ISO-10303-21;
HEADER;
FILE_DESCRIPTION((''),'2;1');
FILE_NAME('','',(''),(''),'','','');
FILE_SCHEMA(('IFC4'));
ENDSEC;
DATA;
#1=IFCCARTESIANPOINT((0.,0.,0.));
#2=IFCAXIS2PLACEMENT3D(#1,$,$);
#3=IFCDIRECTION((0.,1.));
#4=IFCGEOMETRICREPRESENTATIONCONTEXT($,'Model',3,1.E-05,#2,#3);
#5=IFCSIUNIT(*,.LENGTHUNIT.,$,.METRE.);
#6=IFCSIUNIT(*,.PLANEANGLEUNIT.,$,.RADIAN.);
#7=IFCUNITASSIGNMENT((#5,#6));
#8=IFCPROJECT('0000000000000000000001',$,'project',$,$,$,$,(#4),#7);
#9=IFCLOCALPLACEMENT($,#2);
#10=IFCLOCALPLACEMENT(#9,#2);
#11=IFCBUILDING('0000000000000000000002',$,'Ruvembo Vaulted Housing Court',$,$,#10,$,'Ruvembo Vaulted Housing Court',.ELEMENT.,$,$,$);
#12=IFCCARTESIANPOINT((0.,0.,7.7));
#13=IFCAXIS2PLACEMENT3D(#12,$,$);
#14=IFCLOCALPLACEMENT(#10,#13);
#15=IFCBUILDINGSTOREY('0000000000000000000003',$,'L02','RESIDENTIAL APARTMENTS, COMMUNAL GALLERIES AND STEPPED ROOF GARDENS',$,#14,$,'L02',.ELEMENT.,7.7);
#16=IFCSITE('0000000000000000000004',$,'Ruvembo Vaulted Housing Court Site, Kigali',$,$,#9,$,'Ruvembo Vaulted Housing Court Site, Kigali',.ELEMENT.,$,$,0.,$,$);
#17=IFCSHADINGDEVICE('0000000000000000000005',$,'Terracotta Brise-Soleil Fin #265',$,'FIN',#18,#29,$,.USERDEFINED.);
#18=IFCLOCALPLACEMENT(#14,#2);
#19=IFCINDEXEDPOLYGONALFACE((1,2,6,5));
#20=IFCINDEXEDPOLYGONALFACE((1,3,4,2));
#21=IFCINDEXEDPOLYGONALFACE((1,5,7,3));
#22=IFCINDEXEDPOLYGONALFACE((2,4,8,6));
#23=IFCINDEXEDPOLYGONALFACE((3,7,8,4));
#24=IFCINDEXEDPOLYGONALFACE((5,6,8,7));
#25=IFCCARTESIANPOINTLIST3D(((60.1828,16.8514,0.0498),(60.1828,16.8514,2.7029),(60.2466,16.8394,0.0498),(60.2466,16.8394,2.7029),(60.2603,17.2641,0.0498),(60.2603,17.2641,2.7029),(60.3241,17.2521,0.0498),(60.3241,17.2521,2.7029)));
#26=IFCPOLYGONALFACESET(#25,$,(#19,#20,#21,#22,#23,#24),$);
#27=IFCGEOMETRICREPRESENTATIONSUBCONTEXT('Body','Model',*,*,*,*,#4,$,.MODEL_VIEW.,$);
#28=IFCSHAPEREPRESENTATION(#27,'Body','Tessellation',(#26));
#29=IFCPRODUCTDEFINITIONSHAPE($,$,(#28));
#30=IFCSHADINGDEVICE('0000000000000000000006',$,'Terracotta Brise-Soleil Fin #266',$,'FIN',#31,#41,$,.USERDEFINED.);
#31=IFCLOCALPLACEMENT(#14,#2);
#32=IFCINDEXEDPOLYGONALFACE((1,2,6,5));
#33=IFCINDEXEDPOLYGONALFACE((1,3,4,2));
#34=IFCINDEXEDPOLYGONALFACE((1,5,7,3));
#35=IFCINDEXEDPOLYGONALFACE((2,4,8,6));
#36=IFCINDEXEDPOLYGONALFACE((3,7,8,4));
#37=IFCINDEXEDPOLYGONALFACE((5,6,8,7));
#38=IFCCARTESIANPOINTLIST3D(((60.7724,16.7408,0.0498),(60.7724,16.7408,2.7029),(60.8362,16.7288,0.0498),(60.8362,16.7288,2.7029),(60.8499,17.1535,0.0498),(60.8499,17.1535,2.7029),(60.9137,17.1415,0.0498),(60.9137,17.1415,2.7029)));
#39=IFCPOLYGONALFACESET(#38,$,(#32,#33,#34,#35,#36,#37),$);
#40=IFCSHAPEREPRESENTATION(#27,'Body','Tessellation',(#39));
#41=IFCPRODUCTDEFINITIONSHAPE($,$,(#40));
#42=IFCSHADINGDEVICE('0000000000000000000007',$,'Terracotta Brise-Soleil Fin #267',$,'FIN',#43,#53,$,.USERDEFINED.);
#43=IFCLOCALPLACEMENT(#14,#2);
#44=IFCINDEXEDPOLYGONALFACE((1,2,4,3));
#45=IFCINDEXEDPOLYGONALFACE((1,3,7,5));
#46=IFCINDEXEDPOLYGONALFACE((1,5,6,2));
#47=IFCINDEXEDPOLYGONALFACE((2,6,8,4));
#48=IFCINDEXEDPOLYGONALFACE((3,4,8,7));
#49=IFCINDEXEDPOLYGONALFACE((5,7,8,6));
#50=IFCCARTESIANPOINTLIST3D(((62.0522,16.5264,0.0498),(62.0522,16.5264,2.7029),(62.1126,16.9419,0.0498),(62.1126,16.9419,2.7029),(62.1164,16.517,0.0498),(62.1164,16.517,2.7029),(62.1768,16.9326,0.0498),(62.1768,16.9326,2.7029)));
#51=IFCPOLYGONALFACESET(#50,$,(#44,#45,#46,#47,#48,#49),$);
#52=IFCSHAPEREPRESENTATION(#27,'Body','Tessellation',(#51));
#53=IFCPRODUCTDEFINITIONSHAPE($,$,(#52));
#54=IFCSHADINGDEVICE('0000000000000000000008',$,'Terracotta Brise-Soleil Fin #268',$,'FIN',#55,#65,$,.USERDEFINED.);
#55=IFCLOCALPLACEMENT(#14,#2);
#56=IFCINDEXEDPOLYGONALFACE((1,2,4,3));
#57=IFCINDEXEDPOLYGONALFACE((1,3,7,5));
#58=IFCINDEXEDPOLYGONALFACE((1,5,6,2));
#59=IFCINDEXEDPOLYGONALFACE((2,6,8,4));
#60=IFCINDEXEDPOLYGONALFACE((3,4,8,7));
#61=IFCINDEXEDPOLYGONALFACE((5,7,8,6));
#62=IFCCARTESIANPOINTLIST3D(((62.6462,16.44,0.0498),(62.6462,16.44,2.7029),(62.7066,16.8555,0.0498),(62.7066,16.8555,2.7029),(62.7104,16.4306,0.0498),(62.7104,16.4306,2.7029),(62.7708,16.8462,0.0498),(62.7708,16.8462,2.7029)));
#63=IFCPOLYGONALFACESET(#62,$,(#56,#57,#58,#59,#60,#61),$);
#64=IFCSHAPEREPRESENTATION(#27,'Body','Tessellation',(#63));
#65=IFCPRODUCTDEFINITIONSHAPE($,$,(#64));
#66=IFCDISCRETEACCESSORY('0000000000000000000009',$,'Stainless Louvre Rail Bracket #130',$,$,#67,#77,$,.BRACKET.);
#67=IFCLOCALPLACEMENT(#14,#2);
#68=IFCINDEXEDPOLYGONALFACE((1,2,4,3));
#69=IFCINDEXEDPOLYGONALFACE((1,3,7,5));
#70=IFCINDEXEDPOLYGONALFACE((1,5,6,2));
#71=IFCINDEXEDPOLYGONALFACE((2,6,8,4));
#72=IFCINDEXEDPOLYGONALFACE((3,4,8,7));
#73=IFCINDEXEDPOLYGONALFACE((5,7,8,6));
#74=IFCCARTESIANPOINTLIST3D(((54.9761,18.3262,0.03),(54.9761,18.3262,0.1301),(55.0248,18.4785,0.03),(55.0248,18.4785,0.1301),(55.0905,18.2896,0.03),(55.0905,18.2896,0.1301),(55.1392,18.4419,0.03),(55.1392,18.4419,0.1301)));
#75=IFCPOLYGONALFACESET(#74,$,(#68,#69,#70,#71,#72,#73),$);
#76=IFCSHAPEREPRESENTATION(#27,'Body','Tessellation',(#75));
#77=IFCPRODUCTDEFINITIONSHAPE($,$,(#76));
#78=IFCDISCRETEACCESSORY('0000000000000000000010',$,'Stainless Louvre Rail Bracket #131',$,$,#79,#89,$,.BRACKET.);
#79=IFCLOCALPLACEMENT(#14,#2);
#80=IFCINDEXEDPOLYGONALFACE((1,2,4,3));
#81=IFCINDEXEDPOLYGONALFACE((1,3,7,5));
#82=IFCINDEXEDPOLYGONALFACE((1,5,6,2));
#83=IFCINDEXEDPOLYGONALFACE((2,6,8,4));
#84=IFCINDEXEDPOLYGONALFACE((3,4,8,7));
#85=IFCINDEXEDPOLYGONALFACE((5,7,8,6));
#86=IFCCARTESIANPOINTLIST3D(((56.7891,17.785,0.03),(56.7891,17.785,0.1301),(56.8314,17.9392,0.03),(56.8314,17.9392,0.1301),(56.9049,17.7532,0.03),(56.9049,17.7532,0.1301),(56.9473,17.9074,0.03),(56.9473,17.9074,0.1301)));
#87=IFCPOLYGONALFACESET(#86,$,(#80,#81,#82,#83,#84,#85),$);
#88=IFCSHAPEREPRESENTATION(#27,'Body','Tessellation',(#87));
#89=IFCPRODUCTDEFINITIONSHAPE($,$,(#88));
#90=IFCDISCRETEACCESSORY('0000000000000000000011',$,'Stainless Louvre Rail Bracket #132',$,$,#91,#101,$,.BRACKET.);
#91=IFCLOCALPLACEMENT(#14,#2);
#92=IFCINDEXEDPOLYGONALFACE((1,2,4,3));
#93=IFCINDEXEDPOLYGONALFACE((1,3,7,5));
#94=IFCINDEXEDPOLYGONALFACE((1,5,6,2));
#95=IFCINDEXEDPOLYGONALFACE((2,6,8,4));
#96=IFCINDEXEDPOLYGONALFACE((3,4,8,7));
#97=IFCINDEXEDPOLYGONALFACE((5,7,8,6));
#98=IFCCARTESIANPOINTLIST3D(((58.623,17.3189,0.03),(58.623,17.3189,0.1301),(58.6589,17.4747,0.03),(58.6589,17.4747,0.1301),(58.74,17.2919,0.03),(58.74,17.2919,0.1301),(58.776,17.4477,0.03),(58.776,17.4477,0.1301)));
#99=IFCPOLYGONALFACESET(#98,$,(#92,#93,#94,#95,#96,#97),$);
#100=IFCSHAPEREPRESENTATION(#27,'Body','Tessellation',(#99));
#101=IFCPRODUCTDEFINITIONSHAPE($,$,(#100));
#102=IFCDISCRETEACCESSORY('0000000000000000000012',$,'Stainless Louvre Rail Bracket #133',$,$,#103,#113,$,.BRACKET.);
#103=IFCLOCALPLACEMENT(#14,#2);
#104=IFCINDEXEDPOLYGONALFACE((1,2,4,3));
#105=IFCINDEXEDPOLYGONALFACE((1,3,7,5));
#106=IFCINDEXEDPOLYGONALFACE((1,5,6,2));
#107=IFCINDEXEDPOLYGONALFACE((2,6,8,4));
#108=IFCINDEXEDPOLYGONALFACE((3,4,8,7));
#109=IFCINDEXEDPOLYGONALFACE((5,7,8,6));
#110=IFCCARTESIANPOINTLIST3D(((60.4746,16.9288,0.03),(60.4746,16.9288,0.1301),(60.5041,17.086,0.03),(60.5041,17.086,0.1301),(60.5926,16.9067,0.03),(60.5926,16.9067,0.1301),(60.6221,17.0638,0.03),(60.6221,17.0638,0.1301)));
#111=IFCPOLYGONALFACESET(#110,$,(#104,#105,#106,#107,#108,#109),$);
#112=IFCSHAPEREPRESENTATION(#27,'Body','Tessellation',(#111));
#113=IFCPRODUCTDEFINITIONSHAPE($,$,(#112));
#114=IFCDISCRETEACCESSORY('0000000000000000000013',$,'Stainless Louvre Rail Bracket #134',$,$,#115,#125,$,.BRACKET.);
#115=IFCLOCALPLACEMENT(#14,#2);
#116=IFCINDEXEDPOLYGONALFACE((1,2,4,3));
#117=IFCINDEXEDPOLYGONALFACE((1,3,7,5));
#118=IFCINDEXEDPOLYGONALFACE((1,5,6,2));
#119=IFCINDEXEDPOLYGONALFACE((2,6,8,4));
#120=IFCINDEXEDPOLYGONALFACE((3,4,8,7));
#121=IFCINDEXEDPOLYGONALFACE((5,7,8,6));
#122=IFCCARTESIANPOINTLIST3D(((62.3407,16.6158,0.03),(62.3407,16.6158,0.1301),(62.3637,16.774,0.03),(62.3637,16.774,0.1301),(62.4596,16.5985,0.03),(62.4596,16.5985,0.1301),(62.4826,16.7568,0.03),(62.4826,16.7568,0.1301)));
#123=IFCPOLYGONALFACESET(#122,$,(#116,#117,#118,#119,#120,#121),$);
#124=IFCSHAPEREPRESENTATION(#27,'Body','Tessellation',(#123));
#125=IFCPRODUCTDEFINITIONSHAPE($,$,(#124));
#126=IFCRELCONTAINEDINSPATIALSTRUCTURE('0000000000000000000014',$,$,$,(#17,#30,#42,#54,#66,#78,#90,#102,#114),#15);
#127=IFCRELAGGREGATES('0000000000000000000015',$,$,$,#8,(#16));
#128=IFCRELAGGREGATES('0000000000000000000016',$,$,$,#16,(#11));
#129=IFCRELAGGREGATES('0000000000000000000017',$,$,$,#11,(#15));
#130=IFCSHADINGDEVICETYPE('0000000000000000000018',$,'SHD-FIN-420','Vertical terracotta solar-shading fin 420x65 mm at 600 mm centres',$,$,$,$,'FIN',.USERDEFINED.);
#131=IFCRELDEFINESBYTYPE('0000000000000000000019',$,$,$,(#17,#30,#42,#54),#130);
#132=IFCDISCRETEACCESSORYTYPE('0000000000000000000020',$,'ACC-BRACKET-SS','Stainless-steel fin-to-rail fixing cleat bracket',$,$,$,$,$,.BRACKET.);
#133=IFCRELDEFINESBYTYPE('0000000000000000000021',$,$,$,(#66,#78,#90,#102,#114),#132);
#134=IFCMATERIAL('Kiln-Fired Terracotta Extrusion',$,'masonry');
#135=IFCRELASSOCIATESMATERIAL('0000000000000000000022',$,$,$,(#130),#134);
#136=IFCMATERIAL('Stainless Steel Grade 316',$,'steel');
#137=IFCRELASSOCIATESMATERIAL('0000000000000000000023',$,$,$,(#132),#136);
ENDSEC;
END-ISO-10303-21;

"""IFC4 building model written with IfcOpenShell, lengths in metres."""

from ifc_helpers import new_model, si_unit, direction, frame, origin, origin_2d, place, context, subcontext, project, spatial, rectangle, extrude, material, type_object, element, save


model = new_model("IFC4")

# Units and contexts
model_context = context("Model", 3, precision=1e-05, world=origin(), true_north=direction((0.0, 1.0)))
body_context = subcontext(model_context, "Body", "Model", "MODEL_VIEW")
ifc_project = project(units=[si_unit("LENGTHUNIT", "METRE"), si_unit("PLANEANGLEUNIT", "RADIAN")], contexts=[model_context])

# Site, building, storey
site_placement = place(None, origin())
site = spatial("IfcSite", under=ifc_project, at=site_placement, Name="Ruvembo Vaulted Housing Court Site, Kigali", LongName="Ruvembo Vaulted Housing Court Site, Kigali", CompositionType="ELEMENT", RefElevation=0.0)
building_placement = place(site_placement, origin())
building = spatial("IfcBuilding", under=site, at=building_placement, Name="Ruvembo Vaulted Housing Court", LongName="Ruvembo Vaulted Housing Court", CompositionType="ELEMENT")
storey_placement = place(building_placement, frame((0.0, 0.0, 7.7)))
storey = spatial("IfcBuildingStorey", under=building, at=storey_placement, Name="L02", Description="RESIDENTIAL APARTMENTS, COMMUNAL GALLERIES AND STEPPED ROOF GARDENS", LongName="L02", CompositionType="ELEMENT", Elevation=7.7)

# Shading devices
ifc_material_1 = material(Name="Kiln-Fired Terracotta Extrusion", Category="masonry")
shading_device_type = type_object("IfcShadingDeviceType", Name="SHD-FIN-420", Description="Vertical terracotta solar-shading fin 420x65 mm at 600 mm centres", ElementType="FIN", PredefinedType="USERDEFINED", material=ifc_material_1)
for number, where, z_axis, x_axis, name in (
    (1, (60.2534, 17.0518, 0.0498), (0.0, 0.0, 1.0), (-0.184569, -0.98282, 0.0), "Terracotta Brise-Soleil Fin #265"),
    (2, (60.843, 16.9412, 0.0498), (0.0, 0.0, 1.0), (-0.184569, -0.98282, 0.0), "Terracotta Brise-Soleil Fin #266"),
    (3, (62.1145, 16.7295, 0.0498), (0.0, 0.0, 1.0), (-0.143873, -0.989596, 0.0), "Terracotta Brise-Soleil Fin #267"),
    (4, (62.7085, 16.6431, 0.0498), (0.0, 0.0, 1.0), (-0.143873, -0.989596, 0.0), "Terracotta Brise-Soleil Fin #268"),
):
    element("IfcShadingDevice", number, at=place(storey_placement, frame(where, z_axis=z_axis, x_axis=x_axis)), inside=storey, type_object=shading_device_type, Name=name, ObjectType="FIN", PredefinedType="USERDEFINED", context=body_context, shape_type="SweptSolid", body=[
        extrude(rectangle(XDim=0.4199, YDim=0.0649, at=origin_2d()), origin(), (0.0, 0.0, 1.0), 2.6531),
    ])

# Discrete accessories
ifc_material_2 = material(Name="Stainless Steel Grade 316", Category="steel")
discrete_accessory_type = type_object("IfcDiscreteAccessoryType", Name="ACC-BRACKET-SS", Description="Stainless-steel fin-to-rail fixing cleat bracket", PredefinedType="BRACKET", material=ifc_material_2)
for number, where, z_axis, x_axis, name in (
    (5, (55.0576, 18.384, 0.03), (0.0, 0.0, 1.0), (-0.304449, -0.952529, 0.0), "Stainless Louvre Rail Bracket #130"),
    (6, (56.8682, 17.8462, 0.03), (0.0, 0.0, 1.0), (-0.264984, -0.964253, 0.0), "Stainless Louvre Rail Bracket #131"),
    (7, (58.6995, 17.3833, 0.03), (0.0, 0.0, 1.0), (-0.224951, -0.97437, 0.0), "Stainless Louvre Rail Bracket #132"),
    (8, (60.5483, 16.9963, 0.03), (0.0, 0.0, 1.0), (-0.184569, -0.98282, 0.0), "Stainless Louvre Rail Bracket #133"),
    (9, (62.4116, 16.6863, 0.03), (0.0, 0.0, 1.0), (-0.143873, -0.989596, 0.0), "Stainless Louvre Rail Bracket #134"),
):
    element("IfcDiscreteAccessory", number, at=place(storey_placement, frame(where, z_axis=z_axis, x_axis=x_axis)), inside=storey, type_object=discrete_accessory_type, Name=name, PredefinedType="BRACKET", context=body_context, shape_type="SweptSolid", body=[
        extrude(rectangle(XDim=0.1599, YDim=0.1201, at=origin_2d()), origin(), (0.0, 0.0, 1.0), 0.1001),
    ])

save(model, "model.ifc")
